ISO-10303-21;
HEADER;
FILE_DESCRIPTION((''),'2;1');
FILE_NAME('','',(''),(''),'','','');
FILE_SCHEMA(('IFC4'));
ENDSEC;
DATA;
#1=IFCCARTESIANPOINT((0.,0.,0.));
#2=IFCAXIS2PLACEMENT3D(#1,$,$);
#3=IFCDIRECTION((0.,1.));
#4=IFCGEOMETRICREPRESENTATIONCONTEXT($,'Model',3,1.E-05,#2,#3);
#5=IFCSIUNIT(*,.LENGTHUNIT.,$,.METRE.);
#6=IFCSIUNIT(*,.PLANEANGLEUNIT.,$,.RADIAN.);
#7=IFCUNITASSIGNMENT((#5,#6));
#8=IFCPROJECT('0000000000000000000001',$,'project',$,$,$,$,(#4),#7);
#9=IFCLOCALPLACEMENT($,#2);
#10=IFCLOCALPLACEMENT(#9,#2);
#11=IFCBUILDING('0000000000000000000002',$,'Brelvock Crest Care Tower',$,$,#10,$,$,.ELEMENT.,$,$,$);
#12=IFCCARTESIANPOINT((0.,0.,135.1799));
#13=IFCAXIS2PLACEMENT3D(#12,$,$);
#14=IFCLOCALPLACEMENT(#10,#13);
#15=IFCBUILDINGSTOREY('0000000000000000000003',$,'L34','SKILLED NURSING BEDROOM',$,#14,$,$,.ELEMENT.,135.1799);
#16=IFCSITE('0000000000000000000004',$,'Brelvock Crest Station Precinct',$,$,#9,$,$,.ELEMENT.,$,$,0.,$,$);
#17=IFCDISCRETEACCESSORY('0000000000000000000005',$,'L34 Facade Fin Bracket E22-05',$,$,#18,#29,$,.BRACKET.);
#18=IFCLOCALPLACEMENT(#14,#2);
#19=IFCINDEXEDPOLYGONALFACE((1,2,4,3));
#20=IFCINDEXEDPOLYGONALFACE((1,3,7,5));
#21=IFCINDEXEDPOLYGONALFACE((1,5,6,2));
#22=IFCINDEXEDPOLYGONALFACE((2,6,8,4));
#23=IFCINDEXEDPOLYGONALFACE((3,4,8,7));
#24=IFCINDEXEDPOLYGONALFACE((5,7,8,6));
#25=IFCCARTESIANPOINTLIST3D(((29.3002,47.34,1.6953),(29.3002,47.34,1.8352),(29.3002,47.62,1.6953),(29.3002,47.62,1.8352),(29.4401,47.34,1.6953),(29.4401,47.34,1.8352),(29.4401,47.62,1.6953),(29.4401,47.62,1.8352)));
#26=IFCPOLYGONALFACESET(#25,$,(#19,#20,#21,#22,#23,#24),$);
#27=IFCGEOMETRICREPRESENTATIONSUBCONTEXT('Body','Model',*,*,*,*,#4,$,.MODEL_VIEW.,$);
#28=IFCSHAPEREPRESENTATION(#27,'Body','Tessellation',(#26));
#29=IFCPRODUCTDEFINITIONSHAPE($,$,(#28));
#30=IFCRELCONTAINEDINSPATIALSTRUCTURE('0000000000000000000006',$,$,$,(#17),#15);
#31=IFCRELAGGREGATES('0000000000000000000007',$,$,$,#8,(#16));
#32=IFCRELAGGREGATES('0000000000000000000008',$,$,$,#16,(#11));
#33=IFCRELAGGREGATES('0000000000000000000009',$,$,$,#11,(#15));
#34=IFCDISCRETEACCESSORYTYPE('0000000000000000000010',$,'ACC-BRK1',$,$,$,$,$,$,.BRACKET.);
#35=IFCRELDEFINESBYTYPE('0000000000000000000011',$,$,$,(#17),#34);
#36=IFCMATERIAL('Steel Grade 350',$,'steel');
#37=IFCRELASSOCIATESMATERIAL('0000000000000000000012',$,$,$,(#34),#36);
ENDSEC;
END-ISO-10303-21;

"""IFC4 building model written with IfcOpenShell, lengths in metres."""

from ifc_helpers import new_model, si_unit, direction, frame, origin, origin_2d, place, context, subcontext, project, spatial, rectangle, extrude, source, transform, mapped, material, type_object, element, save


model = new_model("IFC4")

# Units and contexts
model_context = context("Model", 3, precision=1e-05, world=origin(), true_north=direction((0.0, 1.0)))
body_context = subcontext(model_context, "Body", "Model", "MODEL_VIEW")
ifc_project = project(units=[si_unit("LENGTHUNIT", "METRE"), si_unit("PLANEANGLEUNIT", "RADIAN")], contexts=[model_context])

# Site, building, storey
site_placement = place(None, origin())
site = spatial("IfcSite", under=ifc_project, at=site_placement, Name="Brelvock Crest Station Precinct", CompositionType="ELEMENT", RefElevation=0.0)
building_placement = place(site_placement, origin())
building = spatial("IfcBuilding", under=site, at=building_placement, Name="Brelvock Crest Care Tower", CompositionType="ELEMENT")
storey_placement = place(building_placement, frame((0.0, 0.0, 135.1799)))
storey = spatial("IfcBuildingStorey", under=building, at=storey_placement, Name="L34", Description="SKILLED NURSING BEDROOM", CompositionType="ELEMENT", Elevation=135.1799)

# Shared definitions
ifc_material_1 = material(Name="Steel Grade 350", Category="steel")

# Discrete accessory
discrete_accessory_type = type_object("IfcDiscreteAccessoryType", Name="ACC-BRK1", PredefinedType="BRACKET", material=ifc_material_1)
shared_shape_1 = source(origin(), body_context, "Body", "SweptSolid", [
    extrude(rectangle(XDim=0.28, YDim=0.1399, at=origin_2d()), origin(), (0.0, 0.0, 1.0), 0.1399),
])
for number, where, z_axis, x_axis, name in (
    (1, (29.3701, 47.48, 1.6953), (0.0, 0.0, 1.0), (0.0, 1.0, 0.0), "L34 Facade Fin Bracket E22-05"),
):
    element("IfcDiscreteAccessory", number, at=place(storey_placement, frame(where, z_axis=z_axis, x_axis=x_axis)), inside=storey, type_object=discrete_accessory_type, Name=name, PredefinedType="BRACKET", context=body_context, shape_type="MappedRepresentation", body=[
        mapped(shared_shape_1, transform((0.0, 0.0, 0.0), x_axis=(1.0, 0.0, 0.0), y_axis=(0.0, 1.0, 0.0), z_axis=(0.0, 0.0, 1.0), scale=1.0)),
    ])

save(model, "model.ifc")
